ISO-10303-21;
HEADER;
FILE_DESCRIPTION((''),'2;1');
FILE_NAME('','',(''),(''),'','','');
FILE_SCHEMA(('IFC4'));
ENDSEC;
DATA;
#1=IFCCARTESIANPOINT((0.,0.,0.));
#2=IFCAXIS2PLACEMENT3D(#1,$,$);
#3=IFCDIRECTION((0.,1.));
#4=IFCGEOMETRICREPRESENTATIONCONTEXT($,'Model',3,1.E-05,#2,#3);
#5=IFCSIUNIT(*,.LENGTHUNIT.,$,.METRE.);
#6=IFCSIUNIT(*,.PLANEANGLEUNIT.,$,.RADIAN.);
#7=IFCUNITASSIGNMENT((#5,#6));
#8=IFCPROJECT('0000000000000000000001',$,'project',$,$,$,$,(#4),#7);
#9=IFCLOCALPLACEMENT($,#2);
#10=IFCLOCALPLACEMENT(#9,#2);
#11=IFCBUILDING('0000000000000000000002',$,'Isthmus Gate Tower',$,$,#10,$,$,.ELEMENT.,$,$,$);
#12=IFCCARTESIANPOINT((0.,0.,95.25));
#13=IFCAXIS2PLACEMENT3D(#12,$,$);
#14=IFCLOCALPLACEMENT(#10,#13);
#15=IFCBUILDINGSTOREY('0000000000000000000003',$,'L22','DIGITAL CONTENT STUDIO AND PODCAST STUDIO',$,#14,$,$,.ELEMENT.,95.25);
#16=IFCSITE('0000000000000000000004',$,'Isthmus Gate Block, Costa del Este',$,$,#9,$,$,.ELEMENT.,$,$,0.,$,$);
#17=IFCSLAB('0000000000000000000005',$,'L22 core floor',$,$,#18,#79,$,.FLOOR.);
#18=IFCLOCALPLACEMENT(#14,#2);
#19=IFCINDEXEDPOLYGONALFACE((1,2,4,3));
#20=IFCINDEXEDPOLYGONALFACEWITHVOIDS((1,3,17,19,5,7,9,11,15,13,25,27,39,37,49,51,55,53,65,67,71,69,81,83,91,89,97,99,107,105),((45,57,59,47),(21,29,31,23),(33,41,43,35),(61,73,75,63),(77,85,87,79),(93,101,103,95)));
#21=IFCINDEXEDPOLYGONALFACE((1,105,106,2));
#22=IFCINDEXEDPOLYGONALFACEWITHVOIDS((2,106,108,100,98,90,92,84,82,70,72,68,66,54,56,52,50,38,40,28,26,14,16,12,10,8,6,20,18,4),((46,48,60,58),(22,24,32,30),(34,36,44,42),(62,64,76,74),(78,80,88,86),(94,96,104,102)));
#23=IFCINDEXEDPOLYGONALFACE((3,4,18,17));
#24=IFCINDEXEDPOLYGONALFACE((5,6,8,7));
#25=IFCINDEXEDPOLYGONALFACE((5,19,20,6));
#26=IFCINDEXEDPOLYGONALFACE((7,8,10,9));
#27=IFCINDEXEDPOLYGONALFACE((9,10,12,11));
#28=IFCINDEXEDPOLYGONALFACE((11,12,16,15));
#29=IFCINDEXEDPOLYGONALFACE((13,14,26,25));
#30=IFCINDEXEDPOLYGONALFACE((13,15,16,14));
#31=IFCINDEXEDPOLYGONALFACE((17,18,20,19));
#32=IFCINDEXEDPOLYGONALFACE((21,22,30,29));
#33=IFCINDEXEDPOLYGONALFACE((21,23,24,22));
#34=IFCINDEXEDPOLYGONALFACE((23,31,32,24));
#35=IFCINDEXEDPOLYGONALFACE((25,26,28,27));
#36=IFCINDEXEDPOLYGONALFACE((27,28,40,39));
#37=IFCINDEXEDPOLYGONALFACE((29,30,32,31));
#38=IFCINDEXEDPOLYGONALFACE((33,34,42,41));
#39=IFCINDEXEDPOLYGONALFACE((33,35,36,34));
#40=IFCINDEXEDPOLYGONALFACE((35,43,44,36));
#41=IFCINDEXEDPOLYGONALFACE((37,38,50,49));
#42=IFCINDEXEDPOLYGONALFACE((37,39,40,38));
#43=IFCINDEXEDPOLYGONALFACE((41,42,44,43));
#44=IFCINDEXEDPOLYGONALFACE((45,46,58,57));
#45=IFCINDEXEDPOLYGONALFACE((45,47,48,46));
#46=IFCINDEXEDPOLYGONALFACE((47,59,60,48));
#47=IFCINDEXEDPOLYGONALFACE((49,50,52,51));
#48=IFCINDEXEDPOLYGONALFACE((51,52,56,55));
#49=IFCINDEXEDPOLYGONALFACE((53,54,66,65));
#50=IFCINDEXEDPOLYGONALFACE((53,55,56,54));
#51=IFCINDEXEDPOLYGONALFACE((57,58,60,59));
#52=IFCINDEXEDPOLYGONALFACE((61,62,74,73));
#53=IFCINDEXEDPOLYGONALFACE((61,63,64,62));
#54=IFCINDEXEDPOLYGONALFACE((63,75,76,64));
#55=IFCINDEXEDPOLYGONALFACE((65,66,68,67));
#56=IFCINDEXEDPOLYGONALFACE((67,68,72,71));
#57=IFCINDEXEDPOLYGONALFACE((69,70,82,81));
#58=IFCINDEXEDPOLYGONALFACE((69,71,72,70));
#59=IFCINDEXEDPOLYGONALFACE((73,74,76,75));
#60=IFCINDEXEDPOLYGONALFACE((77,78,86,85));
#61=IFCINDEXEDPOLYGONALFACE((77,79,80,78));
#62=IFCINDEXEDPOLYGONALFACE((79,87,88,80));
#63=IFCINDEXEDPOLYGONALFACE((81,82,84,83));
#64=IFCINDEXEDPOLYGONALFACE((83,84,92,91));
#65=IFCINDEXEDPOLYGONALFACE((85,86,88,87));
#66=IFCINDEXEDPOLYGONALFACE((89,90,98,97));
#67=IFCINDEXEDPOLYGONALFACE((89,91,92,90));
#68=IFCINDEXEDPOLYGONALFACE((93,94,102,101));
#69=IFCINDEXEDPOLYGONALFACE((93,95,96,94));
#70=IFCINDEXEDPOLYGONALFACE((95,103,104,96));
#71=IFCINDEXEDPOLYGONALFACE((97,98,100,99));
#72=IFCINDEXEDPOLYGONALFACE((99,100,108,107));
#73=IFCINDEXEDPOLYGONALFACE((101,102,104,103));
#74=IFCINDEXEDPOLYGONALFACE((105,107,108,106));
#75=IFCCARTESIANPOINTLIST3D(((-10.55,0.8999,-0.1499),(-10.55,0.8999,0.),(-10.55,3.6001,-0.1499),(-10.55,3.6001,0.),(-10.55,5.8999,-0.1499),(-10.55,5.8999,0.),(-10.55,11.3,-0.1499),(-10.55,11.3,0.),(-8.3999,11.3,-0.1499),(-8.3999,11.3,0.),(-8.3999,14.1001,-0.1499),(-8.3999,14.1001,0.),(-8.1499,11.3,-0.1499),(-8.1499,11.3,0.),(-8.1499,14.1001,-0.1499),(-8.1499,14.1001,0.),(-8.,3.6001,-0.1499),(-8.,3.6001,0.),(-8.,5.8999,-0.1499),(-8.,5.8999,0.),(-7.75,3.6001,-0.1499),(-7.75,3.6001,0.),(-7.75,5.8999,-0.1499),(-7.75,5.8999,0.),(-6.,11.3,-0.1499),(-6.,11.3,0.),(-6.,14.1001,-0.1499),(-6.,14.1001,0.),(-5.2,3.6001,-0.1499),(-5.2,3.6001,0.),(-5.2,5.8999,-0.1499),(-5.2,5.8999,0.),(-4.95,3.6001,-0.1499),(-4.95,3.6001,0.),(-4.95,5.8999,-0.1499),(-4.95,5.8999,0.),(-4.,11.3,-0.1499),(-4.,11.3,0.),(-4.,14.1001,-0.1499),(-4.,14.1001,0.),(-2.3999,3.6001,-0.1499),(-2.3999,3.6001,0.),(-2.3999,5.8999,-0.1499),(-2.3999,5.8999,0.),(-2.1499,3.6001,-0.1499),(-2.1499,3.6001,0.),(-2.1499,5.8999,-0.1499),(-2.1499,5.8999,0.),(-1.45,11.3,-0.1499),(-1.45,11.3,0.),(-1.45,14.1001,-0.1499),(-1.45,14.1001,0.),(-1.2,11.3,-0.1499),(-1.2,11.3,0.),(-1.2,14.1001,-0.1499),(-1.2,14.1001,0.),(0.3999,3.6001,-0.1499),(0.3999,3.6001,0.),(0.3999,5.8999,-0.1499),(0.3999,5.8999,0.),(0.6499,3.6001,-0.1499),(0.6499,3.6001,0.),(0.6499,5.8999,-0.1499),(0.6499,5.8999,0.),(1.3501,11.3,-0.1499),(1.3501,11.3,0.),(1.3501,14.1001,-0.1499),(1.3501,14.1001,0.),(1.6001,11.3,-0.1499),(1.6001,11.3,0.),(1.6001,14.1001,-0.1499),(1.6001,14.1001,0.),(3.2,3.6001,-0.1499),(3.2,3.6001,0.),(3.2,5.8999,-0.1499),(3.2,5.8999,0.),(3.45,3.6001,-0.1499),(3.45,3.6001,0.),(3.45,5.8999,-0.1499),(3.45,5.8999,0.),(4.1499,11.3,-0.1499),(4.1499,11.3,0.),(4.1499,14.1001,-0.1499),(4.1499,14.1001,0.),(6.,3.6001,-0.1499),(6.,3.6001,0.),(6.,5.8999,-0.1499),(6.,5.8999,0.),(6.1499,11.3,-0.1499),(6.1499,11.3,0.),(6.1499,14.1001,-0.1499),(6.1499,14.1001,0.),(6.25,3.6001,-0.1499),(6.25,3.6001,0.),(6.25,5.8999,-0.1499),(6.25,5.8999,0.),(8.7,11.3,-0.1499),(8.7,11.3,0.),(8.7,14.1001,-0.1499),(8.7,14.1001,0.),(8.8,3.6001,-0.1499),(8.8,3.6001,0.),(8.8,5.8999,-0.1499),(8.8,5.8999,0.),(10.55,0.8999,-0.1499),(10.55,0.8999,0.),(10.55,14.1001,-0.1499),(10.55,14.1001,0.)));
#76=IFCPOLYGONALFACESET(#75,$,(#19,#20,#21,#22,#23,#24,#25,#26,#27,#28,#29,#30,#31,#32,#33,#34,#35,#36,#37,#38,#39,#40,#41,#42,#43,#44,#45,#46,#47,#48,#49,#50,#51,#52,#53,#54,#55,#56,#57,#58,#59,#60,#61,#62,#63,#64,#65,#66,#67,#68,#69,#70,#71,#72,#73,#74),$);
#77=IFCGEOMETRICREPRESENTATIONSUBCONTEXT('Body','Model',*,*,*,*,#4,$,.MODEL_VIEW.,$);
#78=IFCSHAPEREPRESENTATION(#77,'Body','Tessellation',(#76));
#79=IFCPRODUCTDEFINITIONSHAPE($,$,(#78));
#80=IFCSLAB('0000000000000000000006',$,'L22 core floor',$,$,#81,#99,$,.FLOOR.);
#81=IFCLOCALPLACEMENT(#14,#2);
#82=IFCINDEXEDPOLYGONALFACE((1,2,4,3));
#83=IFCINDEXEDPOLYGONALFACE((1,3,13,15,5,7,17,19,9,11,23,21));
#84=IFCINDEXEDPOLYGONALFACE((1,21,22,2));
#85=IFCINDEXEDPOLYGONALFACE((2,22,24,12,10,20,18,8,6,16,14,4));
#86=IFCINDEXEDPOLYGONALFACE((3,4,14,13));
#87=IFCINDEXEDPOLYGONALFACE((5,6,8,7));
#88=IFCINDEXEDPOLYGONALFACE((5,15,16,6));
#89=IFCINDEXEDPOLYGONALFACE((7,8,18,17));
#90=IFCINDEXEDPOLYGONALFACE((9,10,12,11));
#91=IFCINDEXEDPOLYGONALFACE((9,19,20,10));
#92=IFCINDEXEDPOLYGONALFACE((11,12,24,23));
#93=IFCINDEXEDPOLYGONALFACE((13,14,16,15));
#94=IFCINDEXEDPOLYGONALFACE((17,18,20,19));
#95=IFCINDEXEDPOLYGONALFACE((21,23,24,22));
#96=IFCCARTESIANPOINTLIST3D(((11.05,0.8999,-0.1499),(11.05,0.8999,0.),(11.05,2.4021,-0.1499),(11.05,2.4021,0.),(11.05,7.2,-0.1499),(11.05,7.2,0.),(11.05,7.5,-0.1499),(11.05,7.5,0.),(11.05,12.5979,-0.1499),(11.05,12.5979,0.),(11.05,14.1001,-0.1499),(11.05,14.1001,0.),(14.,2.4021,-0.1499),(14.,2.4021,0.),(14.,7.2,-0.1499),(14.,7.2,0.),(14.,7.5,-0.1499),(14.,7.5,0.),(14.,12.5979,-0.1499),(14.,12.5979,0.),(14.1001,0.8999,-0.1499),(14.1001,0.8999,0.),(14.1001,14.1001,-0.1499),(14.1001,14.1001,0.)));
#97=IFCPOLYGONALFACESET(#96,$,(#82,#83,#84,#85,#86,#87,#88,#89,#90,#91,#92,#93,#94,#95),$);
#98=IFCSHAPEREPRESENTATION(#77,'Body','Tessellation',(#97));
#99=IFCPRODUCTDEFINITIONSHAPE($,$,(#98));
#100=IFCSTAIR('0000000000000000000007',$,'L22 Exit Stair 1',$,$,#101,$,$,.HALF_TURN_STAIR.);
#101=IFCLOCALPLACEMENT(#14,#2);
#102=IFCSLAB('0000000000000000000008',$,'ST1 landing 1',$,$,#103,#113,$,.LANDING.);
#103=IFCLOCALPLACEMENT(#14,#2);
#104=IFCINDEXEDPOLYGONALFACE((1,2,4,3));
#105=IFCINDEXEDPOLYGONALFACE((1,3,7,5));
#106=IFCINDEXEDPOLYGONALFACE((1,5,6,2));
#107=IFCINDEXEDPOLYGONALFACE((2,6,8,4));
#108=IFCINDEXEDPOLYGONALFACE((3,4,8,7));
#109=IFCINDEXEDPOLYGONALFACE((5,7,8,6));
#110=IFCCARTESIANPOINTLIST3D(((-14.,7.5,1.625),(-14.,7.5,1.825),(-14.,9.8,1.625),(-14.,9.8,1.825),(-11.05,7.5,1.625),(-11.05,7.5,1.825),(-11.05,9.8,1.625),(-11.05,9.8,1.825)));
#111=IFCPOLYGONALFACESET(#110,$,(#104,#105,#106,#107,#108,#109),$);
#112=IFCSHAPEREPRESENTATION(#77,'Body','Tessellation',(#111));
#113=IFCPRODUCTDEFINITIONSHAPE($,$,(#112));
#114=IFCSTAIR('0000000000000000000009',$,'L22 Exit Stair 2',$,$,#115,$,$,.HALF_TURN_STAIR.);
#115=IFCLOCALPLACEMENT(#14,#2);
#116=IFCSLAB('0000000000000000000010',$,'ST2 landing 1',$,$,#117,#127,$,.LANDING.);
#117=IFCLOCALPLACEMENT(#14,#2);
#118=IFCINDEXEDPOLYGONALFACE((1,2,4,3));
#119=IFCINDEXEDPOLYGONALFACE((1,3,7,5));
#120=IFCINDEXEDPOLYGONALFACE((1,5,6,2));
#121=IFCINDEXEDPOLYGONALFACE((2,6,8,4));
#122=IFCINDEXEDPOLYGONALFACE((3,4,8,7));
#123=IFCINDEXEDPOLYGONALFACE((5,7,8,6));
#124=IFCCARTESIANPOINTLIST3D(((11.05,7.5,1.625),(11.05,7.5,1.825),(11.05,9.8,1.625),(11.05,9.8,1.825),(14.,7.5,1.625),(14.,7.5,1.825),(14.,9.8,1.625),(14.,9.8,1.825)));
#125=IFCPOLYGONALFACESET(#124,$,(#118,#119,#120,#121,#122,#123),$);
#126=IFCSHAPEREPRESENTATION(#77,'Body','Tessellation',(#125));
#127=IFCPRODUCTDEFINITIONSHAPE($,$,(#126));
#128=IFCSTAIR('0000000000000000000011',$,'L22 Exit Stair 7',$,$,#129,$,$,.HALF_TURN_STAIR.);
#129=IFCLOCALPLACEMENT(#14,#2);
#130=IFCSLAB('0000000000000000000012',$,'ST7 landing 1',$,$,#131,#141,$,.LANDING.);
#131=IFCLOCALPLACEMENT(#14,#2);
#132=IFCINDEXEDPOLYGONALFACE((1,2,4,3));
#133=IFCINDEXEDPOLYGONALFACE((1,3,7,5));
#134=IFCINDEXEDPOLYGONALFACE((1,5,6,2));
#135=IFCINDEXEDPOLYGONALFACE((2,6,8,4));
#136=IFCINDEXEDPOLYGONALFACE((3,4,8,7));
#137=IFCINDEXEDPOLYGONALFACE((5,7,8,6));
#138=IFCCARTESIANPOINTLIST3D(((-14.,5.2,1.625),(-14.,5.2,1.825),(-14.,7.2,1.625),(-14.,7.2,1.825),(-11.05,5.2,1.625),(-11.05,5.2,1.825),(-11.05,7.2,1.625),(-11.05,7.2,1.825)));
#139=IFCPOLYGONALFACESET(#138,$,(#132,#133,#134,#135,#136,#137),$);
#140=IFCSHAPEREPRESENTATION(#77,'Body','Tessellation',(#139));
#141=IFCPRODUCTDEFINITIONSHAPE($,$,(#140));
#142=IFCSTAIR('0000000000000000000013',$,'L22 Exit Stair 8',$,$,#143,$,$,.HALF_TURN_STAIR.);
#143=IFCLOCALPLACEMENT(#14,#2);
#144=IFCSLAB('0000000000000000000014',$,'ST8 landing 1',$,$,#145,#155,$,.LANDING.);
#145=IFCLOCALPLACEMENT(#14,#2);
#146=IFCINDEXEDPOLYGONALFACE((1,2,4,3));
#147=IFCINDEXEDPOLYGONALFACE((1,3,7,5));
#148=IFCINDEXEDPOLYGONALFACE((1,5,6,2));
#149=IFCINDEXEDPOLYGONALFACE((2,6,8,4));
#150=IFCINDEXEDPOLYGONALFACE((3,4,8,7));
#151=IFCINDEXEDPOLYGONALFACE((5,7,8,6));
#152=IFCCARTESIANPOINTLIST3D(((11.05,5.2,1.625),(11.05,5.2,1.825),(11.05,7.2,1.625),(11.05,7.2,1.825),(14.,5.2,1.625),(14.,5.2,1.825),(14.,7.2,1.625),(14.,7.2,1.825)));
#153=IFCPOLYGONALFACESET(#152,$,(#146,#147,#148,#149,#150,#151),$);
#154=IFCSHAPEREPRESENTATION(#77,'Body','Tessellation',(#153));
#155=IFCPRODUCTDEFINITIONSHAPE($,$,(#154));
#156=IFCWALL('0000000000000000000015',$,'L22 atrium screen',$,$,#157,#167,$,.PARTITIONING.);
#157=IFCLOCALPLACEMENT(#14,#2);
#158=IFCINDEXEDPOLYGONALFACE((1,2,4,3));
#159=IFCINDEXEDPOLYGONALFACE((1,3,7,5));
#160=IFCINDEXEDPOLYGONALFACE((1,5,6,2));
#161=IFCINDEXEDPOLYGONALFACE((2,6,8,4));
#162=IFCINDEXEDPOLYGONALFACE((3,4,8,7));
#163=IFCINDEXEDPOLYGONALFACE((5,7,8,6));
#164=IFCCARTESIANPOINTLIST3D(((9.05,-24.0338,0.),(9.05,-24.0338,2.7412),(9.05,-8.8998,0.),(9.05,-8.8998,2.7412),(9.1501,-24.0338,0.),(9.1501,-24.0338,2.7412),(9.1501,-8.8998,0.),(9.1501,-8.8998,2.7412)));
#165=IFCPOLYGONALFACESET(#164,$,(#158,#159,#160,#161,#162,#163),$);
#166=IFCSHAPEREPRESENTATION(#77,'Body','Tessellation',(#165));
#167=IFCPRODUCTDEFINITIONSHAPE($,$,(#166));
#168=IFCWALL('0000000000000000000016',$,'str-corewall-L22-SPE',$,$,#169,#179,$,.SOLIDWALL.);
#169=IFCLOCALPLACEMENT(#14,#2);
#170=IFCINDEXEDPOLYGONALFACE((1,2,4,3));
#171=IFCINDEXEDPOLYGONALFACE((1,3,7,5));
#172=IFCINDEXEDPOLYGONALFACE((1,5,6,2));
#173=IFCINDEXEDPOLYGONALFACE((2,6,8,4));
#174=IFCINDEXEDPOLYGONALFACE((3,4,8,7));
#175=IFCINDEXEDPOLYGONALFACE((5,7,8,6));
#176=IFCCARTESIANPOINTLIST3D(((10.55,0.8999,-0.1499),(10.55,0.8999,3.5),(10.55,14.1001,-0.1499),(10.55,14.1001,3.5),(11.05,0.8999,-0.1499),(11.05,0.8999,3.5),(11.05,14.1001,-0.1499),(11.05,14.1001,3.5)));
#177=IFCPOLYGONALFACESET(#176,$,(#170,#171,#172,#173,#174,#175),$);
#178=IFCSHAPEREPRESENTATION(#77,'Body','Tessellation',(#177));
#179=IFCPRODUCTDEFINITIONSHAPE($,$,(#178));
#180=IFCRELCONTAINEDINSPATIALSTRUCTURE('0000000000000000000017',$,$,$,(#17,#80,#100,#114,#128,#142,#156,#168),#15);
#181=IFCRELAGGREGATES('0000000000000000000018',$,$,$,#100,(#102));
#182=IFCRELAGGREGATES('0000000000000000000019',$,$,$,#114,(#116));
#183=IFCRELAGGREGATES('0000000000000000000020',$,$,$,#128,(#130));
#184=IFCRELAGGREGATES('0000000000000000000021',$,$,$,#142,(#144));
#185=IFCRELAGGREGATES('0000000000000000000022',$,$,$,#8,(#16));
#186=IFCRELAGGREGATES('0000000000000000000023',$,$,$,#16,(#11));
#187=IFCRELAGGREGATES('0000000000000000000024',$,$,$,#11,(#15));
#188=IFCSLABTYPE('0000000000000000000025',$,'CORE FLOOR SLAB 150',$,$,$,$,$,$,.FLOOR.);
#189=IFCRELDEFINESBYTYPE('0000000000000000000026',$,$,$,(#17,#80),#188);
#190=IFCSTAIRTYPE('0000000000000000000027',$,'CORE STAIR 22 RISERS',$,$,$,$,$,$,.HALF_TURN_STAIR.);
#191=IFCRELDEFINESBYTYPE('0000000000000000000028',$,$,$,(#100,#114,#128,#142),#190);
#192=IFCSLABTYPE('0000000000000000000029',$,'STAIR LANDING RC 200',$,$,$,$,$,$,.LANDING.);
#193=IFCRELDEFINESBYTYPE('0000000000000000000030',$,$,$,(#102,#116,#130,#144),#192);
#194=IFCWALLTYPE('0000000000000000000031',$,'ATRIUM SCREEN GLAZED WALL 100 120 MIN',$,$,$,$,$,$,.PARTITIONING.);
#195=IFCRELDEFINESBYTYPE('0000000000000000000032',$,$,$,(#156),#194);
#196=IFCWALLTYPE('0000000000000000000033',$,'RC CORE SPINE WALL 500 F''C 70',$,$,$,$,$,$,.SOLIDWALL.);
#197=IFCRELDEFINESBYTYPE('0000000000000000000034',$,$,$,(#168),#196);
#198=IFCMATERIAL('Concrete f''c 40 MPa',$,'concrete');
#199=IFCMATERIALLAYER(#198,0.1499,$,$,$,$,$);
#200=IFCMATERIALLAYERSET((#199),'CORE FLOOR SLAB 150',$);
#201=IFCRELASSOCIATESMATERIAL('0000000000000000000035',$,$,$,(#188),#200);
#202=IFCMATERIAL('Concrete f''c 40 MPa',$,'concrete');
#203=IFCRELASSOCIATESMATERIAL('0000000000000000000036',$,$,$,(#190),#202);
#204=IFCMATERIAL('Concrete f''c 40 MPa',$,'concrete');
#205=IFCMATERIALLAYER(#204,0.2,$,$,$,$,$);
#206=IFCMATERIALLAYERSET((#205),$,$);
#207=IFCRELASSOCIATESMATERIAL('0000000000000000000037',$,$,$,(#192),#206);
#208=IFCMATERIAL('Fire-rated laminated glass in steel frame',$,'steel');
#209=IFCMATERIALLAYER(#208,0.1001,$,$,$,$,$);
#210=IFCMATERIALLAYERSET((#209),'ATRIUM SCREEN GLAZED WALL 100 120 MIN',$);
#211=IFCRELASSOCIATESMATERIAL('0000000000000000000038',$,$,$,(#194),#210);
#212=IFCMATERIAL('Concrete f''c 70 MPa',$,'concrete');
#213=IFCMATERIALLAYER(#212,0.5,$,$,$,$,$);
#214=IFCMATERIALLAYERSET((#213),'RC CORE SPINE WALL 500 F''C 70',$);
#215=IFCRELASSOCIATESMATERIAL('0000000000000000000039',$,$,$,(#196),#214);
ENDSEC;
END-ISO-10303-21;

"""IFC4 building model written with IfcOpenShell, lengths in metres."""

from ifc_helpers import new_model, si_unit, direction, frame, frame_2d, origin, place, context, subcontext, project, spatial, polyline, rectangle, outline, extrude, material, layer, layer_set, type_object, element, aggregate, save


model = new_model("IFC4")

# Units and contexts
model_context = context("Model", 3, precision=1e-05, world=origin(), true_north=direction((0.0, 1.0)))
body_context = subcontext(model_context, "Body", "Model", "MODEL_VIEW")
ifc_project = project(units=[si_unit("LENGTHUNIT", "METRE"), si_unit("PLANEANGLEUNIT", "RADIAN")], contexts=[model_context])

# Site, building, storey
site_placement = place(None, origin())
site = spatial("IfcSite", under=ifc_project, at=site_placement, Name="Isthmus Gate Block, Costa del Este", CompositionType="ELEMENT", RefElevation=0.0)
building_placement = place(site_placement, origin())
building = spatial("IfcBuilding", under=site, at=building_placement, Name="Isthmus Gate Tower", CompositionType="ELEMENT")
storey_placement = place(building_placement, frame((0.0, 0.0, 95.25)))
storey = spatial("IfcBuildingStorey", under=building, at=storey_placement, Name="L22", Description="DIGITAL CONTENT STUDIO AND PODCAST STUDIO", CompositionType="ELEMENT", Elevation=95.25)

# Slabs
ifc_material_1 = material(Name="Concrete f'c 40 MPa", Category="concrete")
ifc_layer_1 = layer(ifc_material_1, 0.1499)
ifc_layer_set_1 = layer_set([ifc_layer_1], Name="CORE FLOOR SLAB 150")
slab_type_1 = type_object("IfcSlabType", Name="CORE FLOOR SLAB 150", PredefinedType="FLOOR", material=ifc_layer_set_1)
slab_1_placement = place(storey_placement, frame((0.0, 0.0, -0.1499)))
element("IfcSlab", 1, at=slab_1_placement, inside=storey, type_object=slab_type_1, Name="L22 core floor", PredefinedType="FLOOR", context=body_context, shape_type="SweptSolid", body=[
    extrude(outline(polyline([(10.55, 14.1001), (8.7, 14.1001), (8.7, 11.3), (6.1499, 11.3), (6.1499, 14.1001), (4.1499, 14.1001), (4.1499, 11.3), (1.6001, 11.3), (1.6001, 14.1001), (1.3501, 14.1001), (1.3501, 11.3), (-1.2, 11.3), (-1.2, 14.1001), (-1.45, 14.1001), (-1.45, 11.3), (-4.0, 11.3), (-4.0, 14.1001), (-6.0, 14.1001), (-6.0, 11.3), (-8.1499, 11.3), (-8.1499, 14.1001), (-8.3999, 14.1001), (-8.3999, 11.3), (-10.55, 11.3), (-10.55, 5.8999), (-8.0, 5.8999), (-8.0, 3.6001), (-10.55, 3.6001), (-10.55, 0.8999), (10.55, 0.8999), (10.55, 14.1001)]), holes=[polyline([(-5.2, 5.8999), (-5.2, 3.6001), (-7.75, 3.6001), (-7.75, 5.8999), (-5.2, 5.8999)]), polyline([(-2.3999, 5.8999), (-2.3999, 3.6001), (-4.95, 3.6001), (-4.95, 5.8999), (-2.3999, 5.8999)]), polyline([(0.3999, 5.8999), (0.3999, 3.6001), (-2.1499, 3.6001), (-2.1499, 5.8999), (0.3999, 5.8999)]), polyline([(3.2, 5.8999), (3.2, 3.6001), (0.6499, 3.6001), (0.6499, 5.8999), (3.2, 5.8999)]), polyline([(6.0, 5.8999), (6.0, 3.6001), (3.45, 3.6001), (3.45, 5.8999), (6.0, 5.8999)]), polyline([(8.8, 5.8999), (8.8, 3.6001), (6.25, 3.6001), (6.25, 5.8999), (8.8, 5.8999)])]), origin(), (0.0, 0.0, 1.0), 0.1499),
])
slab_2_placement = place(storey_placement, frame((0.0, 0.0, -0.1499)))
element("IfcSlab", 2, at=slab_2_placement, inside=storey, type_object=slab_type_1, Name="L22 core floor", PredefinedType="FLOOR", context=body_context, shape_type="SweptSolid", body=[
    extrude(outline(polyline([(11.05, 14.1001), (11.05, 12.5979), (14.0, 12.5979), (14.0, 7.5), (11.05, 7.5), (11.05, 7.2), (14.0, 7.2), (14.0, 2.4021), (11.05, 2.4021), (11.05, 0.8999), (14.1001, 0.8999), (14.1001, 14.1001), (11.05, 14.1001)])), origin(), (0.0, 0.0, 1.0), 0.1499),
])

# Stairs, slabs
ifc_material_2 = material(Name="Concrete f'c 40 MPa", Category="concrete")
stair_type = type_object("IfcStairType", Name="CORE STAIR 22 RISERS", PredefinedType="HALF_TURN_STAIR", material=ifc_material_2)
stair_1_placement = place(storey_placement, origin())
stair_1 = element("IfcStair", 3, at=stair_1_placement, inside=storey, type_object=stair_type, Name="L22 Exit Stair 1", PredefinedType="HALF_TURN_STAIR")
ifc_material_3 = material(Name="Concrete f'c 40 MPa", Category="concrete")
ifc_layer_2 = layer(ifc_material_3, 0.2)
ifc_layer_set_2 = layer_set([ifc_layer_2])
slab_type_2 = type_object("IfcSlabType", Name="STAIR LANDING RC 200", PredefinedType="LANDING", material=ifc_layer_set_2)
slab_3_placement = place(storey_placement, frame((0.0, 0.0, 1.625)))
slab_3 = element("IfcSlab", 4, at=slab_3_placement, type_object=slab_type_2, Name="ST1 landing 1", PredefinedType="LANDING", context=body_context, shape_type="SweptSolid", body=[
    extrude(outline(polyline([(-14.0, 9.8), (-14.0, 7.5), (-11.05, 7.5), (-11.05, 9.8), (-14.0, 9.8)])), origin(), (0.0, 0.0, 1.0), 0.2),
])
aggregate(stair_1, [slab_3])
stair_2_placement = place(storey_placement, origin())
stair_2 = element("IfcStair", 5, at=stair_2_placement, inside=storey, type_object=stair_type, Name="L22 Exit Stair 2", PredefinedType="HALF_TURN_STAIR")
slab_4_placement = place(storey_placement, frame((0.0, 0.0, 1.625)))
slab_4 = element("IfcSlab", 6, at=slab_4_placement, type_object=slab_type_2, Name="ST2 landing 1", PredefinedType="LANDING", context=body_context, shape_type="SweptSolid", body=[
    extrude(outline(polyline([(11.05, 9.8), (11.05, 7.5), (14.0, 7.5), (14.0, 9.8), (11.05, 9.8)])), origin(), (0.0, 0.0, 1.0), 0.2),
])
aggregate(stair_2, [slab_4])
stair_3_placement = place(storey_placement, origin())
stair_3 = element("IfcStair", 7, at=stair_3_placement, inside=storey, type_object=stair_type, Name="L22 Exit Stair 7", PredefinedType="HALF_TURN_STAIR")
slab_5_placement = place(storey_placement, frame((0.0, 0.0, 1.625)))
slab_5 = element("IfcSlab", 8, at=slab_5_placement, type_object=slab_type_2, Name="ST7 landing 1", PredefinedType="LANDING", context=body_context, shape_type="SweptSolid", body=[
    extrude(outline(polyline([(-11.05, 5.2), (-11.05, 7.2), (-14.0, 7.2), (-14.0, 5.2), (-11.05, 5.2)])), origin(), (0.0, 0.0, 1.0), 0.2),
])
aggregate(stair_3, [slab_5])
stair_4_placement = place(storey_placement, origin())
stair_4 = element("IfcStair", 9, at=stair_4_placement, inside=storey, type_object=stair_type, Name="L22 Exit Stair 8", PredefinedType="HALF_TURN_STAIR")
slab_6_placement = place(storey_placement, frame((0.0, 0.0, 1.625)))
slab_6 = element("IfcSlab", 10, at=slab_6_placement, type_object=slab_type_2, Name="ST8 landing 1", PredefinedType="LANDING", context=body_context, shape_type="SweptSolid", body=[
    extrude(outline(polyline([(14.0, 5.2), (14.0, 7.2), (11.05, 7.2), (11.05, 5.2), (14.0, 5.2)])), origin(), (0.0, 0.0, 1.0), 0.2),
])

# Walls
ifc_material_4 = material(Name="Fire-rated laminated glass in steel frame", Category="steel")
ifc_layer_3 = layer(ifc_material_4, 0.1001)
ifc_layer_set_3 = layer_set([ifc_layer_3], Name="ATRIUM SCREEN GLAZED WALL 100 120 MIN")
wall_type_1 = type_object("IfcWallType", Name="ATRIUM SCREEN GLAZED WALL 100 120 MIN", PredefinedType="PARTITIONING", material=ifc_layer_set_3)
wall_1_placement = place(storey_placement, frame((9.1001, -8.8999, 0.0), z_axis=(0.0, 0.0, 1.0), x_axis=(0.0, -1.0, 0.0)))
element("IfcWall", 11, at=wall_1_placement, inside=storey, type_object=wall_type_1, Name="L22 atrium screen", PredefinedType="PARTITIONING", context=body_context, shape_type="SweptSolid", body=[
    extrude(rectangle(XDim=15.134, YDim=0.1001, at=frame_2d((7.5669, 0.0))), origin(), (0.0, 0.0, 1.0), 2.7412),
])
ifc_material_5 = material(Name="Concrete f'c 70 MPa", Category="concrete")
ifc_layer_4 = layer(ifc_material_5, 0.5)
ifc_layer_set_4 = layer_set([ifc_layer_4], Name="RC CORE SPINE WALL 500 F'C 70")
wall_type_2 = type_object("IfcWallType", Name="RC CORE SPINE WALL 500 F'C 70", PredefinedType="SOLIDWALL", material=ifc_layer_set_4)
wall_2_placement = place(storey_placement, frame((10.8, 0.8999, -0.1499), z_axis=(0.0, 0.0, 1.0), x_axis=(0.0, 1.0, 0.0)))
element("IfcWall", 12, at=wall_2_placement, inside=storey, type_object=wall_type_2, Name="str-corewall-L22-SPE", PredefinedType="SOLIDWALL", context=body_context, shape_type="SweptSolid", body=[
    extrude(rectangle(XDim=13.2002, YDim=0.5, at=frame_2d((6.6001, 0.0))), origin(), (0.0, 0.0, 1.0), 3.6499),
])

aggregate(stair_4, [slab_6])

save(model, "model.ifc")
